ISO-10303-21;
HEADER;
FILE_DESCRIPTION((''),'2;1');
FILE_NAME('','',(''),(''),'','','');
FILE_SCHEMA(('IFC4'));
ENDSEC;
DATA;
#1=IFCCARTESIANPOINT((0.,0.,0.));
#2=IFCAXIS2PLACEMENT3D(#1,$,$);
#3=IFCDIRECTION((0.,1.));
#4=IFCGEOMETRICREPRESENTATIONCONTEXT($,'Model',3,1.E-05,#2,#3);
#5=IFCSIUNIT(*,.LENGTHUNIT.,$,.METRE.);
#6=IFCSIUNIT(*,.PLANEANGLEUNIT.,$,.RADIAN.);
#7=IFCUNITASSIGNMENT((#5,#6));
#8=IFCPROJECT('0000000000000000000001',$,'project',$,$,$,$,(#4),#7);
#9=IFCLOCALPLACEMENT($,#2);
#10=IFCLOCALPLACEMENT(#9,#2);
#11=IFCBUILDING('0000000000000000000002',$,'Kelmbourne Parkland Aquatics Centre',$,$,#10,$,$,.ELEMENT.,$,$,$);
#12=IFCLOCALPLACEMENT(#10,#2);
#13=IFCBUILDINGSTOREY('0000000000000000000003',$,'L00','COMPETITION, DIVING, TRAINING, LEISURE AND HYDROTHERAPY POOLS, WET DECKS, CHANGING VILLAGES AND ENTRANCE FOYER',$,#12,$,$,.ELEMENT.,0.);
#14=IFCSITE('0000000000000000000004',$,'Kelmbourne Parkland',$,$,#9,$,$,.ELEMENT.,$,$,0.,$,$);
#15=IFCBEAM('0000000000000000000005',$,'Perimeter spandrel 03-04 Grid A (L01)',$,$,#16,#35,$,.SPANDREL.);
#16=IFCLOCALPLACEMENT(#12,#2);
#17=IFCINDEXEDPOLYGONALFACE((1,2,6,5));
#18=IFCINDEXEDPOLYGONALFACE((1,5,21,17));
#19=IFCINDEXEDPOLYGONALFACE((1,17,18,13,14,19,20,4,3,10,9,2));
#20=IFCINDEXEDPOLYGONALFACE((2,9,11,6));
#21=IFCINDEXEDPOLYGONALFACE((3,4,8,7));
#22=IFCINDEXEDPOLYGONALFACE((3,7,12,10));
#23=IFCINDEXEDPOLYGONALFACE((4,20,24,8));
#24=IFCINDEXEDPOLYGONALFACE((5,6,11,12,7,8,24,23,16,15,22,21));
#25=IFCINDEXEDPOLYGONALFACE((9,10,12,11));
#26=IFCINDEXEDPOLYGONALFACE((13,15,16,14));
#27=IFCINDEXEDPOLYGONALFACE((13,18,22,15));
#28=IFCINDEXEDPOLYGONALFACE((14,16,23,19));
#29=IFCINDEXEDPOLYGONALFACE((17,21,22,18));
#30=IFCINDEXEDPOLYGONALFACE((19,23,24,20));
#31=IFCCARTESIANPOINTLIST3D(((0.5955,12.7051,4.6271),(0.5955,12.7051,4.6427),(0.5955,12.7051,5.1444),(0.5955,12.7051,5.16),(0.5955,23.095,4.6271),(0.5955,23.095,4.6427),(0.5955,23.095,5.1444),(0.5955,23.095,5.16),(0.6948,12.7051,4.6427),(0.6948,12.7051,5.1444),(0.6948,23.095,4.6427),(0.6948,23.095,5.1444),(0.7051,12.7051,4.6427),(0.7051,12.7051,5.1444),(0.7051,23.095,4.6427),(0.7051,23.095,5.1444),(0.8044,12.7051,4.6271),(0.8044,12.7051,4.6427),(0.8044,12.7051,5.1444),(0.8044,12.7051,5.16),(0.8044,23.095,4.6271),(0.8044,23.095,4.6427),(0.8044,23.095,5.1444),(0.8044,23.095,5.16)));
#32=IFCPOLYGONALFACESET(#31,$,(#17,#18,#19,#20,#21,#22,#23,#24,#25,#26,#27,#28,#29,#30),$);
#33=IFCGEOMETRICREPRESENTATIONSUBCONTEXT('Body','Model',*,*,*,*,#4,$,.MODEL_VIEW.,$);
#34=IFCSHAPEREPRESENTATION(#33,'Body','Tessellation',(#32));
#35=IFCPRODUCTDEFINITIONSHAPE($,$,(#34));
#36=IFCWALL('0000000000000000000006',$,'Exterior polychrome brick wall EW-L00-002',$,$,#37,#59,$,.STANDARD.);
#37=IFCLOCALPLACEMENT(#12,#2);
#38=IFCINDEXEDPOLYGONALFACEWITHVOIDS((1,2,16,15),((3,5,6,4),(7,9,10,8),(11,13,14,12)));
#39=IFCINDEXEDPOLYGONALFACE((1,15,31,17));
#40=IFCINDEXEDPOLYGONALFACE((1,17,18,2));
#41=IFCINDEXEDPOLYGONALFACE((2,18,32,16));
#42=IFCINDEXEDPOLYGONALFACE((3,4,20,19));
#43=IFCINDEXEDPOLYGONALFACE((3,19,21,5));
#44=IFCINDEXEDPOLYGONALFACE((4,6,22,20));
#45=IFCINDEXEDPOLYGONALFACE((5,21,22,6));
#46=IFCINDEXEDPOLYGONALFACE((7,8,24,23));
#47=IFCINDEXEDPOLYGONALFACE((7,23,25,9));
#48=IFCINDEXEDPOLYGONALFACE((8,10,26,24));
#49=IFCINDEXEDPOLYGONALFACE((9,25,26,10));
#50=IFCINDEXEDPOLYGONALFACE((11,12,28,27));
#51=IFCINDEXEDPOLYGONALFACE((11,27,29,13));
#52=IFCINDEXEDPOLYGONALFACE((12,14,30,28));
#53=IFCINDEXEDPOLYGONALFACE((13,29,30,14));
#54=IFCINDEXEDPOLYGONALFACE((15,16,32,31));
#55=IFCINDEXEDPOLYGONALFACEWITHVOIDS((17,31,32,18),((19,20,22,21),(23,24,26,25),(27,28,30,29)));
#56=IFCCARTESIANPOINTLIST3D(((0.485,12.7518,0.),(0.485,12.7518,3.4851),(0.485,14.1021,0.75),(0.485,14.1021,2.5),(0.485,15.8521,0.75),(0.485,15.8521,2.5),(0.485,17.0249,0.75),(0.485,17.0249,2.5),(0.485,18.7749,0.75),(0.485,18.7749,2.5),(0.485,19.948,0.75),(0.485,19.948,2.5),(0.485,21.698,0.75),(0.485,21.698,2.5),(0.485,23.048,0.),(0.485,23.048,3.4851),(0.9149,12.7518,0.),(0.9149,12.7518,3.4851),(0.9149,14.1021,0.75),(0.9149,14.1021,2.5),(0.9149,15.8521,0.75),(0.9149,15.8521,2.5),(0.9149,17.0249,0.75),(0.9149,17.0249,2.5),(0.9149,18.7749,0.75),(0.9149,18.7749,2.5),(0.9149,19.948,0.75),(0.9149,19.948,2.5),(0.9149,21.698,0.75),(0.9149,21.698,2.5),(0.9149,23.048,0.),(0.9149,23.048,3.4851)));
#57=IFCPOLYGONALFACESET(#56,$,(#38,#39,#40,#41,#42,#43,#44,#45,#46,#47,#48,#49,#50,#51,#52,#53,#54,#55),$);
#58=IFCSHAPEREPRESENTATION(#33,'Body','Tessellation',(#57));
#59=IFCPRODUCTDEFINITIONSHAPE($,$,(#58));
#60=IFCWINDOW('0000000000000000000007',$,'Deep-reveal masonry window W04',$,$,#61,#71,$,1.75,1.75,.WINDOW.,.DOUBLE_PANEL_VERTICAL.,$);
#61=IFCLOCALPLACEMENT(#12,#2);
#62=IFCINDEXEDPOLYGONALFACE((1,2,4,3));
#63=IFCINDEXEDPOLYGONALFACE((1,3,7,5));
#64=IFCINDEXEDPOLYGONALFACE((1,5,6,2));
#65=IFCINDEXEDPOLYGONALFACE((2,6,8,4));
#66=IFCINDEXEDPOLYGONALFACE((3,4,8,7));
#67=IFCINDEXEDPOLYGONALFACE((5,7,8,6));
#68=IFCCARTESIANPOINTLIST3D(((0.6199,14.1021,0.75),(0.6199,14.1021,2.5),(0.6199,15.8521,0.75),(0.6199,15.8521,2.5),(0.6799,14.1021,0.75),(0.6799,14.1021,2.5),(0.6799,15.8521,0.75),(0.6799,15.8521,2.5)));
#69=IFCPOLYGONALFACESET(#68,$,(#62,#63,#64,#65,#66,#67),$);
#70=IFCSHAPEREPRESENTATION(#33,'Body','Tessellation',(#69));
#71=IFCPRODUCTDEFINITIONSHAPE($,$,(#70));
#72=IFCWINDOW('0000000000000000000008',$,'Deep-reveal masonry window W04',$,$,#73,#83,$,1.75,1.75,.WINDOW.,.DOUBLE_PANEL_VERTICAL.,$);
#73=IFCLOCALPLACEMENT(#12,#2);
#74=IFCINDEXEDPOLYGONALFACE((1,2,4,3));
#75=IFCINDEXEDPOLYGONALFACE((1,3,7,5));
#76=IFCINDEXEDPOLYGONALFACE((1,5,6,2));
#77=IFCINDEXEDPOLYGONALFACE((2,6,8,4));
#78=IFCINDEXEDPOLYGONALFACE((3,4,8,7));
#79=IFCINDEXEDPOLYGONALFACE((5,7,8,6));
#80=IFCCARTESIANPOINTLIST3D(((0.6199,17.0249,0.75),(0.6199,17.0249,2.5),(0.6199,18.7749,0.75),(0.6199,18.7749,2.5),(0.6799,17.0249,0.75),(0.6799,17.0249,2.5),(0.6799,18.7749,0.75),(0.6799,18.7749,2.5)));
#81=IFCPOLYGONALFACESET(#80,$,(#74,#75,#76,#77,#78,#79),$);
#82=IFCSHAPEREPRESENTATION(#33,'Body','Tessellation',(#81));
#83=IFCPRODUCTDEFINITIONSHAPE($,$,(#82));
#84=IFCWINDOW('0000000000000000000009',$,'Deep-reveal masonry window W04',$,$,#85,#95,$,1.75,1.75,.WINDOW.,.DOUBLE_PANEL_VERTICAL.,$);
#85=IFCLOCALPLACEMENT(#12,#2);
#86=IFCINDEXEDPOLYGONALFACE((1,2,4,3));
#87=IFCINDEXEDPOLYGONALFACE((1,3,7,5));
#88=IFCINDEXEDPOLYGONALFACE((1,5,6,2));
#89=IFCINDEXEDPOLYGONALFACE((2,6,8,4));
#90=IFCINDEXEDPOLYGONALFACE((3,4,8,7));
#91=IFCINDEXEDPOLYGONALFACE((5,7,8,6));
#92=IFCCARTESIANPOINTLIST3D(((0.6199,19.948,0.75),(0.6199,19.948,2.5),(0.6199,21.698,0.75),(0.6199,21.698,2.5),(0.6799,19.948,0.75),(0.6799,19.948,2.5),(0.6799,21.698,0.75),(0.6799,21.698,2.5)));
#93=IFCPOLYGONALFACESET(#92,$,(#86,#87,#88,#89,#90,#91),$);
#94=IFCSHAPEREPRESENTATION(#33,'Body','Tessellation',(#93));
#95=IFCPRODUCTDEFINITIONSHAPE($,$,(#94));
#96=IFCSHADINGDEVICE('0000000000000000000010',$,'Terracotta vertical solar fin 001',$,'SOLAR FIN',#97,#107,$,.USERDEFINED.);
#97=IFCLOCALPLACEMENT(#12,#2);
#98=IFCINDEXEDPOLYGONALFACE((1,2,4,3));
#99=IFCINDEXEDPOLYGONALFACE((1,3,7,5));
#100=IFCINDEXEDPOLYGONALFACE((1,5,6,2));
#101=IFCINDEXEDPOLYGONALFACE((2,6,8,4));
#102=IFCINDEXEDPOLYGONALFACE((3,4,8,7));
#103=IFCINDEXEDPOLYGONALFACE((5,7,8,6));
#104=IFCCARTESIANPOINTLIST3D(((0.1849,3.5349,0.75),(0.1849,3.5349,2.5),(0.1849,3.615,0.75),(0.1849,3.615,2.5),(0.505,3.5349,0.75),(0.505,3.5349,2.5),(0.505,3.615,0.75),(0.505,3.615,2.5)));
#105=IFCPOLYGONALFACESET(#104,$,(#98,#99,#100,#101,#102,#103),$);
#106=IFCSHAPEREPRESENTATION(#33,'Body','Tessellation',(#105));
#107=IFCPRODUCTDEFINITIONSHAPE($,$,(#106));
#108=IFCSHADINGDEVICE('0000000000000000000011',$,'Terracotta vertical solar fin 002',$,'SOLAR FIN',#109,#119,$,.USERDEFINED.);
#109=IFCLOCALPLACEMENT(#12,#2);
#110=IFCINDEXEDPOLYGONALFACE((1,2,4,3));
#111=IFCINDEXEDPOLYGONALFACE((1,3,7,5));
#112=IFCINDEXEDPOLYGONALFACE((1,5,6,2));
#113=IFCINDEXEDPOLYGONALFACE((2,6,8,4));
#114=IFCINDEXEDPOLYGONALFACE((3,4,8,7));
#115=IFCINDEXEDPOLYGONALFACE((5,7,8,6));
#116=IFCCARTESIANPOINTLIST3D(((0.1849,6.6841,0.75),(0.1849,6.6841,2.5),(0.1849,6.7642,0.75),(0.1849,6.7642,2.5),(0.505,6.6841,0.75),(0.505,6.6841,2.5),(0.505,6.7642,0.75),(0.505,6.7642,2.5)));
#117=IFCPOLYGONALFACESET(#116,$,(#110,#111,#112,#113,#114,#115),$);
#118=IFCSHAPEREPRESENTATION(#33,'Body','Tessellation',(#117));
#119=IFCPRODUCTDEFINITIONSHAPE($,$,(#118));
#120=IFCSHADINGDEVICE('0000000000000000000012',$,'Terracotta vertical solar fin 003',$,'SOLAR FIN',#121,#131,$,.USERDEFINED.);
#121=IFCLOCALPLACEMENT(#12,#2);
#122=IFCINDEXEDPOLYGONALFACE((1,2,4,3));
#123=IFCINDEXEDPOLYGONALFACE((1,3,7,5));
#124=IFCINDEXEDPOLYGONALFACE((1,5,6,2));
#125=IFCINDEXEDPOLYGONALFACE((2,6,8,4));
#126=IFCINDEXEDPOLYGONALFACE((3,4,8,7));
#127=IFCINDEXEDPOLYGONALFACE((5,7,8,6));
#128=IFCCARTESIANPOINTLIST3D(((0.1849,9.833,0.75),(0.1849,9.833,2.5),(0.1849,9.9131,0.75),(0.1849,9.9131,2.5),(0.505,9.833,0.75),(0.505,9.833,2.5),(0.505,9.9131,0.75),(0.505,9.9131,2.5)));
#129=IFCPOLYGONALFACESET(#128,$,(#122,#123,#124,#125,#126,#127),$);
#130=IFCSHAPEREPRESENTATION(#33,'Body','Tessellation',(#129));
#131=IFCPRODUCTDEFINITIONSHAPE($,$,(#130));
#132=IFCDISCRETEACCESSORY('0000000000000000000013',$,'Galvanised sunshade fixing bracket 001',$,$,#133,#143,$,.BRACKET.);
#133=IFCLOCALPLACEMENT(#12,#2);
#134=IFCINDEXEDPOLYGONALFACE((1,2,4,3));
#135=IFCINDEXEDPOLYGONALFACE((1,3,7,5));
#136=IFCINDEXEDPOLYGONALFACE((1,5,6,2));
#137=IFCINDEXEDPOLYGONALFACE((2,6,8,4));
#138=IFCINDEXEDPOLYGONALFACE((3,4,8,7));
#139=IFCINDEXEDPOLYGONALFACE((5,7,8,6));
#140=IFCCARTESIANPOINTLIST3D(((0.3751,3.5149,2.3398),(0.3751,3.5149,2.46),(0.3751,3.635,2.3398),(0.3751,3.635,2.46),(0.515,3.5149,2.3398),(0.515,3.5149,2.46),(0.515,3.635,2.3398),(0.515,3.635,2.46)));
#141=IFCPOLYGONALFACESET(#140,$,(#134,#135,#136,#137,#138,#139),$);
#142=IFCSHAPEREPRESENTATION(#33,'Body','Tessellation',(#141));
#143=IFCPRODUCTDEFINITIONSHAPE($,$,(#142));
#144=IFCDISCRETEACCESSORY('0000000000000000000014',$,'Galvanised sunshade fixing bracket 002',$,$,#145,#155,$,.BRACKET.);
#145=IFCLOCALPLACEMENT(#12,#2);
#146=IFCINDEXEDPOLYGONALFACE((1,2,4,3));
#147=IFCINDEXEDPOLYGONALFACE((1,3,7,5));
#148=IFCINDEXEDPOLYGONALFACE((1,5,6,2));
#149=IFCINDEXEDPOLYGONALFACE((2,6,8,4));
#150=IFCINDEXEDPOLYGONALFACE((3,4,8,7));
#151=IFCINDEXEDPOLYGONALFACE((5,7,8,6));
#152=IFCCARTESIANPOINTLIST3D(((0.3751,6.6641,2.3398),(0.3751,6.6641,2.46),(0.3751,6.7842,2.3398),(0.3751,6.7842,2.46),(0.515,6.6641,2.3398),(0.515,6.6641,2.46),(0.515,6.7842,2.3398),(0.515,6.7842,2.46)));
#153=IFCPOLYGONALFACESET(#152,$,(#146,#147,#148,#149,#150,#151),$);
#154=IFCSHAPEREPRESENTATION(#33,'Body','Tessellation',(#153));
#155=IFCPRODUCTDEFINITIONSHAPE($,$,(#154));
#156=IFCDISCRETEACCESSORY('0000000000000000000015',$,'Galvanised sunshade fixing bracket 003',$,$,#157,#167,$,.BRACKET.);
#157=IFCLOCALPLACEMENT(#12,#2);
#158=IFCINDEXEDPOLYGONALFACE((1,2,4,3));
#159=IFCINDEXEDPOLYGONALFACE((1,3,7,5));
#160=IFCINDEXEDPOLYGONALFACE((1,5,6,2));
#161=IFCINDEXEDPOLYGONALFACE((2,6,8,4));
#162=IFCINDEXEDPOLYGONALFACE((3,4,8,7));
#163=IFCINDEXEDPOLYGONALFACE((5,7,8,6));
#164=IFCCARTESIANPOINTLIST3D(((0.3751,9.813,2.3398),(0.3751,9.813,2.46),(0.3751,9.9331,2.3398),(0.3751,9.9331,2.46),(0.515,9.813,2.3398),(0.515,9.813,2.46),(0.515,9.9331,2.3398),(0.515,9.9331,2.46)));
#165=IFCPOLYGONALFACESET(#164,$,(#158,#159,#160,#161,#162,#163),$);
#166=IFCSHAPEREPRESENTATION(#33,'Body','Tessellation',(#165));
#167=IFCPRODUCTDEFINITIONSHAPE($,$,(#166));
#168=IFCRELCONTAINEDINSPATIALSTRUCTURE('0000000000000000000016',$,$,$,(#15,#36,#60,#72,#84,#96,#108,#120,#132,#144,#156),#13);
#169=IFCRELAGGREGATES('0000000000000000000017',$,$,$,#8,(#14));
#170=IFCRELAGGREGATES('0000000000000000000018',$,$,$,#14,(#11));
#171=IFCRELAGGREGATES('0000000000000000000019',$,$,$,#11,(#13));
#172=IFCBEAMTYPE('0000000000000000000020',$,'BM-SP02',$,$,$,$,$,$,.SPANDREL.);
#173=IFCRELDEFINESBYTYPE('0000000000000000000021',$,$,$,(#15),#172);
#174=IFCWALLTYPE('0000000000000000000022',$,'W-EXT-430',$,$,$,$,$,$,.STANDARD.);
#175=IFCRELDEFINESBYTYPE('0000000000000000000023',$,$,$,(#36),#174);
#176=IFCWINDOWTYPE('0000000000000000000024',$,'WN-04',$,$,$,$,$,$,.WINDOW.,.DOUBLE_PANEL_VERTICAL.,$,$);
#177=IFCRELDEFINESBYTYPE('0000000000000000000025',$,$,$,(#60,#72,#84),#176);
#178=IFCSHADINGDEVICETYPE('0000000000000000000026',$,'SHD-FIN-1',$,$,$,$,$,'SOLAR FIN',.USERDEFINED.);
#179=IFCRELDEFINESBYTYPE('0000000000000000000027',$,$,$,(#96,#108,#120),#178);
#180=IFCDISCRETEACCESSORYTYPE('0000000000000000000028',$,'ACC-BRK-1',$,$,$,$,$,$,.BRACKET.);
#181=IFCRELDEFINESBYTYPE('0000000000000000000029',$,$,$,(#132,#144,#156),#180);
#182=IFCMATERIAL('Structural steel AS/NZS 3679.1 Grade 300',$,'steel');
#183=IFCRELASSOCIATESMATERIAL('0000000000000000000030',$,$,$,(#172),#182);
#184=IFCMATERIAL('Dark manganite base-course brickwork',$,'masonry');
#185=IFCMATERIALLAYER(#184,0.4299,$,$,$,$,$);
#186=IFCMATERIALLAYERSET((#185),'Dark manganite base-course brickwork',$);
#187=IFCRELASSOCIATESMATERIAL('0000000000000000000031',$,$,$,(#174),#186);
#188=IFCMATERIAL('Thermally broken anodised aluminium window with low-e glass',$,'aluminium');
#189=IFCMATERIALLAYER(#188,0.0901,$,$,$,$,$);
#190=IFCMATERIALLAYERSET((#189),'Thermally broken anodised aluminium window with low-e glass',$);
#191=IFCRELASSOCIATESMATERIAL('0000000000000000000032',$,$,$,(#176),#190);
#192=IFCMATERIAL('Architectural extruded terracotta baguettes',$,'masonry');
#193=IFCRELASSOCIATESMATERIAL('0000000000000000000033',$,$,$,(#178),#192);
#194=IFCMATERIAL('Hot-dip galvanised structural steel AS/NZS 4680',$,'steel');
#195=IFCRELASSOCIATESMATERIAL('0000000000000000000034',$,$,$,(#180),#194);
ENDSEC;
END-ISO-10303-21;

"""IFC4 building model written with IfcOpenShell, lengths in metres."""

from ifc_helpers import new_model, si_unit, direction, frame, frame_2d, origin, origin_2d, place, context, subcontext, project, spatial, rectangle, i_section, extrude, material, layer, layer_set, material_profile, profile_set, type_object, element, fill, save


model = new_model("IFC4")

# Units and contexts
model_context = context("Model", 3, precision=1e-05, world=origin(), true_north=direction((0.0, 1.0)))
body_context = subcontext(model_context, "Body", "Model", "MODEL_VIEW")
ifc_project = project(units=[si_unit("LENGTHUNIT", "METRE"), si_unit("PLANEANGLEUNIT", "RADIAN")], contexts=[model_context])

# Site, building, storey
site_placement = place(None, origin())
site = spatial("IfcSite", under=ifc_project, at=site_placement, Name="Kelmbourne Parkland", CompositionType="ELEMENT", RefElevation=0.0)
building_placement = place(site_placement, origin())
building = spatial("IfcBuilding", under=site, at=building_placement, Name="Kelmbourne Parkland Aquatics Centre", CompositionType="ELEMENT")
storey_placement = place(building_placement, origin())
storey = spatial("IfcBuildingStorey", under=building, at=storey_placement, Name="L00", Description="COMPETITION, DIVING, TRAINING, LEISURE AND HYDROTHERAPY POOLS, WET DECKS, CHANGING VILLAGES AND ENTRANCE FOYER", CompositionType="ELEMENT", Elevation=0.0)

# Beam
ifc_material_1 = material(Name="Structural steel AS/NZS 3679.1 Grade 300", Category="steel")
ifc_material_profile_1 = material_profile(ifc_material_1, i_section(OverallWidth=0.209, OverallDepth=0.533, WebThickness=0.0103, FlangeThickness=0.0156, at=origin_2d()), Name="530UB92.4")
ifc_profile_set_1 = profile_set([ifc_material_profile_1], Name="Structural steel AS/NZS 3679.1 Grade 300")
beam_type_1 = type_object("IfcBeamType", Name="BM-SP02", PredefinedType="SPANDREL", material=ifc_profile_set_1)
beam_1_placement = place(storey_placement, frame((0.7, 12.7051, 4.8936), z_axis=(0.0, 1.0, 0.0), x_axis=(-1.0, 0.0, 0.0)))
element("IfcBeam", 1, at=beam_1_placement, inside=storey, type_object=beam_type_1, Name="Perimeter spandrel 03-04 Grid A (L01)", PredefinedType="SPANDREL", context=body_context, shape_type="SweptSolid", body=[
    extrude(i_section(OverallWidth=0.209, OverallDepth=0.533, WebThickness=0.0103, FlangeThickness=0.0156, at=origin_2d()), origin(), (0.0, 0.0, 1.0), 10.3899),
])

# Wall, openings, windows
ifc_material_2 = material(Name="Dark manganite base-course brickwork", Category="masonry")
ifc_layer_1 = layer(ifc_material_2, 0.4299)
ifc_layer_set_1 = layer_set([ifc_layer_1], Name="Dark manganite base-course brickwork")
wall_type = type_object("IfcWallType", Name="W-EXT-430", PredefinedType="STANDARD", material=ifc_layer_set_1)
wall_placement = place(storey_placement, frame((0.7, 12.752, 0.0), z_axis=(0.0, 0.0, 1.0), x_axis=(0.0, 1.0, 0.0)))
wall = element("IfcWall", 2, at=wall_placement, inside=storey, type_object=wall_type, Name="Exterior polychrome brick wall EW-L00-002", PredefinedType="STANDARD", context=body_context, shape_type="SweptSolid", body=[
    extrude(rectangle(XDim=10.2961, YDim=0.4299, at=frame_2d((5.1479, 0.0))), origin(), (0.0, 0.0, 1.0), 3.4851),
])
opening_1_placement = place(wall_placement, frame((1.3501, 0.0, 0.75)))
opening_1 = element("IfcOpeningElement", 3, at=opening_1_placement, cuts=wall, PredefinedType="OPENING", context=body_context, shape_type="SweptSolid", body=[
    extrude(rectangle(XDim=1.75, YDim=1.75, at=frame_2d((0.875, 0.875))), frame((0.0, 0.2271, 0.0), z_axis=(0.0, -1.0, 0.0), x_axis=(1.0, 0.0, 0.0)), (0.0, 0.0, 1.0), 0.4539),
])
opening_2_placement = place(wall_placement, frame((4.2729, 0.0, 0.75)))
opening_2 = element("IfcOpeningElement", 4, at=opening_2_placement, cuts=wall, PredefinedType="OPENING", context=body_context, shape_type="SweptSolid", body=[
    extrude(rectangle(XDim=1.75, YDim=1.75, at=frame_2d((0.875, 0.875))), frame((0.0, 0.2271, 0.0), z_axis=(0.0, -1.0, 0.0), x_axis=(1.0, 0.0, 0.0)), (0.0, 0.0, 1.0), 0.4539),
])
opening_3_placement = place(wall_placement, frame((7.196, 0.0, 0.75)))
opening_3 = element("IfcOpeningElement", 5, at=opening_3_placement, cuts=wall, PredefinedType="OPENING", context=body_context, shape_type="SweptSolid", body=[
    extrude(rectangle(XDim=1.75, YDim=1.75, at=frame_2d((0.875, 0.875))), frame((0.0, 0.2271, 0.0), z_axis=(0.0, -1.0, 0.0), x_axis=(1.0, 0.0, 0.0)), (0.0, 0.0, 1.0), 0.4539),
])
ifc_material_3 = material(Name="Thermally broken anodised aluminium window with low-e glass", Category="aluminium")
ifc_layer_2 = layer(ifc_material_3, 0.0901)
ifc_layer_set_2 = layer_set([ifc_layer_2], Name="Thermally broken anodised aluminium window with low-e glass")
window_type = type_object("IfcWindowType", Name="WN-04", PartitioningType="DOUBLE_PANEL_VERTICAL", PredefinedType="WINDOW", material=ifc_layer_set_2)
window_1_placement = place(opening_1_placement, origin())
window_1 = element("IfcWindow", 6, at=window_1_placement, inside=storey, type_object=window_type, Name="Deep-reveal masonry window W04", OverallHeight=1.75, OverallWidth=1.75, PartitioningType="DOUBLE_PANEL_VERTICAL", PredefinedType="WINDOW", context=body_context, shape_type="SweptSolid", body=[
    extrude(rectangle(XDim=1.75, YDim=1.75, at=frame_2d((0.875, 0.875))), frame((0.0, 0.0801, 0.0), z_axis=(0.0, -1.0, 0.0), x_axis=(1.0, 0.0, 0.0)), (0.0, 0.0, 1.0), 0.0601),
])
fill(opening_1, window_1)
window_2_placement = place(opening_2_placement, origin())
window_2 = element("IfcWindow", 7, at=window_2_placement, inside=storey, type_object=window_type, Name="Deep-reveal masonry window W04", OverallHeight=1.75, OverallWidth=1.75, PartitioningType="DOUBLE_PANEL_VERTICAL", PredefinedType="WINDOW", context=body_context, shape_type="SweptSolid", body=[
    extrude(rectangle(XDim=1.75, YDim=1.75, at=frame_2d((0.875, 0.875))), frame((0.0, 0.0801, 0.0), z_axis=(0.0, -1.0, 0.0), x_axis=(1.0, 0.0, 0.0)), (0.0, 0.0, 1.0), 0.0601),
])
fill(opening_2, window_2)
window_3_placement = place(opening_3_placement, origin())
window_3 = element("IfcWindow", 8, at=window_3_placement, inside=storey, type_object=window_type, Name="Deep-reveal masonry window W04", OverallHeight=1.75, OverallWidth=1.75, PartitioningType="DOUBLE_PANEL_VERTICAL", PredefinedType="WINDOW", context=body_context, shape_type="SweptSolid", body=[
    extrude(rectangle(XDim=1.75, YDim=1.75, at=frame_2d((0.875, 0.875))), frame((0.0, 0.0801, 0.0), z_axis=(0.0, -1.0, 0.0), x_axis=(1.0, 0.0, 0.0)), (0.0, 0.0, 1.0), 0.0601),
])
fill(opening_3, window_3)

# Shading devices
ifc_material_4 = material(Name="Architectural extruded terracotta baguettes", Category="masonry")
shading_device_type = type_object("IfcShadingDeviceType", Name="SHD-FIN-1", ElementType="SOLAR FIN", PredefinedType="USERDEFINED", material=ifc_material_4)
for number, where, z_axis, x_axis, name in (
    (9, (0.345, 3.575, 0.75), (0.0, 0.0, 1.0), (0.0, 1.0, 0.0), "Terracotta vertical solar fin 001"),
    (10, (0.345, 6.7241, 0.75), (0.0, 0.0, 1.0), (0.0, 1.0, 0.0), "Terracotta vertical solar fin 002"),
    (11, (0.345, 9.873, 0.75), (0.0, 0.0, 1.0), (0.0, 1.0, 0.0), "Terracotta vertical solar fin 003"),
):
    element("IfcShadingDevice", number, at=place(storey_placement, frame(where, z_axis=z_axis, x_axis=x_axis)), inside=storey, type_object=shading_device_type, Name=name, ObjectType="SOLAR FIN", PredefinedType="USERDEFINED", context=body_context, shape_type="SweptSolid", body=[
        extrude(rectangle(XDim=0.0801, YDim=0.3201, at=origin_2d()), origin(), (0.0, 0.0, 1.0), 1.75),
    ])

# Discrete accessories
ifc_material_5 = material(Name="Hot-dip galvanised structural steel AS/NZS 4680", Category="steel")
discrete_accessory_type = type_object("IfcDiscreteAccessoryType", Name="ACC-BRK-1", PredefinedType="BRACKET", material=ifc_material_5)
for number, where, z_axis, x_axis, name in (
    (12, (0.4451, 3.575, 2.3398), (0.0, 0.0, 1.0), (0.0, 1.0, 0.0), "Galvanised sunshade fixing bracket 001"),
    (13, (0.4451, 6.7241, 2.3398), (0.0, 0.0, 1.0), (0.0, 1.0, 0.0), "Galvanised sunshade fixing bracket 002"),
    (14, (0.4451, 9.873, 2.3398), (0.0, 0.0, 1.0), (0.0, 1.0, 0.0), "Galvanised sunshade fixing bracket 003"),
):
    element("IfcDiscreteAccessory", number, at=place(storey_placement, frame(where, z_axis=z_axis, x_axis=x_axis)), inside=storey, type_object=discrete_accessory_type, Name=name, PredefinedType="BRACKET", context=body_context, shape_type="SweptSolid", body=[
        extrude(rectangle(XDim=0.1201, YDim=0.1399, at=origin_2d()), origin(), (0.0, 0.0, 1.0), 0.1201),
    ])

save(model, "model.ifc")
